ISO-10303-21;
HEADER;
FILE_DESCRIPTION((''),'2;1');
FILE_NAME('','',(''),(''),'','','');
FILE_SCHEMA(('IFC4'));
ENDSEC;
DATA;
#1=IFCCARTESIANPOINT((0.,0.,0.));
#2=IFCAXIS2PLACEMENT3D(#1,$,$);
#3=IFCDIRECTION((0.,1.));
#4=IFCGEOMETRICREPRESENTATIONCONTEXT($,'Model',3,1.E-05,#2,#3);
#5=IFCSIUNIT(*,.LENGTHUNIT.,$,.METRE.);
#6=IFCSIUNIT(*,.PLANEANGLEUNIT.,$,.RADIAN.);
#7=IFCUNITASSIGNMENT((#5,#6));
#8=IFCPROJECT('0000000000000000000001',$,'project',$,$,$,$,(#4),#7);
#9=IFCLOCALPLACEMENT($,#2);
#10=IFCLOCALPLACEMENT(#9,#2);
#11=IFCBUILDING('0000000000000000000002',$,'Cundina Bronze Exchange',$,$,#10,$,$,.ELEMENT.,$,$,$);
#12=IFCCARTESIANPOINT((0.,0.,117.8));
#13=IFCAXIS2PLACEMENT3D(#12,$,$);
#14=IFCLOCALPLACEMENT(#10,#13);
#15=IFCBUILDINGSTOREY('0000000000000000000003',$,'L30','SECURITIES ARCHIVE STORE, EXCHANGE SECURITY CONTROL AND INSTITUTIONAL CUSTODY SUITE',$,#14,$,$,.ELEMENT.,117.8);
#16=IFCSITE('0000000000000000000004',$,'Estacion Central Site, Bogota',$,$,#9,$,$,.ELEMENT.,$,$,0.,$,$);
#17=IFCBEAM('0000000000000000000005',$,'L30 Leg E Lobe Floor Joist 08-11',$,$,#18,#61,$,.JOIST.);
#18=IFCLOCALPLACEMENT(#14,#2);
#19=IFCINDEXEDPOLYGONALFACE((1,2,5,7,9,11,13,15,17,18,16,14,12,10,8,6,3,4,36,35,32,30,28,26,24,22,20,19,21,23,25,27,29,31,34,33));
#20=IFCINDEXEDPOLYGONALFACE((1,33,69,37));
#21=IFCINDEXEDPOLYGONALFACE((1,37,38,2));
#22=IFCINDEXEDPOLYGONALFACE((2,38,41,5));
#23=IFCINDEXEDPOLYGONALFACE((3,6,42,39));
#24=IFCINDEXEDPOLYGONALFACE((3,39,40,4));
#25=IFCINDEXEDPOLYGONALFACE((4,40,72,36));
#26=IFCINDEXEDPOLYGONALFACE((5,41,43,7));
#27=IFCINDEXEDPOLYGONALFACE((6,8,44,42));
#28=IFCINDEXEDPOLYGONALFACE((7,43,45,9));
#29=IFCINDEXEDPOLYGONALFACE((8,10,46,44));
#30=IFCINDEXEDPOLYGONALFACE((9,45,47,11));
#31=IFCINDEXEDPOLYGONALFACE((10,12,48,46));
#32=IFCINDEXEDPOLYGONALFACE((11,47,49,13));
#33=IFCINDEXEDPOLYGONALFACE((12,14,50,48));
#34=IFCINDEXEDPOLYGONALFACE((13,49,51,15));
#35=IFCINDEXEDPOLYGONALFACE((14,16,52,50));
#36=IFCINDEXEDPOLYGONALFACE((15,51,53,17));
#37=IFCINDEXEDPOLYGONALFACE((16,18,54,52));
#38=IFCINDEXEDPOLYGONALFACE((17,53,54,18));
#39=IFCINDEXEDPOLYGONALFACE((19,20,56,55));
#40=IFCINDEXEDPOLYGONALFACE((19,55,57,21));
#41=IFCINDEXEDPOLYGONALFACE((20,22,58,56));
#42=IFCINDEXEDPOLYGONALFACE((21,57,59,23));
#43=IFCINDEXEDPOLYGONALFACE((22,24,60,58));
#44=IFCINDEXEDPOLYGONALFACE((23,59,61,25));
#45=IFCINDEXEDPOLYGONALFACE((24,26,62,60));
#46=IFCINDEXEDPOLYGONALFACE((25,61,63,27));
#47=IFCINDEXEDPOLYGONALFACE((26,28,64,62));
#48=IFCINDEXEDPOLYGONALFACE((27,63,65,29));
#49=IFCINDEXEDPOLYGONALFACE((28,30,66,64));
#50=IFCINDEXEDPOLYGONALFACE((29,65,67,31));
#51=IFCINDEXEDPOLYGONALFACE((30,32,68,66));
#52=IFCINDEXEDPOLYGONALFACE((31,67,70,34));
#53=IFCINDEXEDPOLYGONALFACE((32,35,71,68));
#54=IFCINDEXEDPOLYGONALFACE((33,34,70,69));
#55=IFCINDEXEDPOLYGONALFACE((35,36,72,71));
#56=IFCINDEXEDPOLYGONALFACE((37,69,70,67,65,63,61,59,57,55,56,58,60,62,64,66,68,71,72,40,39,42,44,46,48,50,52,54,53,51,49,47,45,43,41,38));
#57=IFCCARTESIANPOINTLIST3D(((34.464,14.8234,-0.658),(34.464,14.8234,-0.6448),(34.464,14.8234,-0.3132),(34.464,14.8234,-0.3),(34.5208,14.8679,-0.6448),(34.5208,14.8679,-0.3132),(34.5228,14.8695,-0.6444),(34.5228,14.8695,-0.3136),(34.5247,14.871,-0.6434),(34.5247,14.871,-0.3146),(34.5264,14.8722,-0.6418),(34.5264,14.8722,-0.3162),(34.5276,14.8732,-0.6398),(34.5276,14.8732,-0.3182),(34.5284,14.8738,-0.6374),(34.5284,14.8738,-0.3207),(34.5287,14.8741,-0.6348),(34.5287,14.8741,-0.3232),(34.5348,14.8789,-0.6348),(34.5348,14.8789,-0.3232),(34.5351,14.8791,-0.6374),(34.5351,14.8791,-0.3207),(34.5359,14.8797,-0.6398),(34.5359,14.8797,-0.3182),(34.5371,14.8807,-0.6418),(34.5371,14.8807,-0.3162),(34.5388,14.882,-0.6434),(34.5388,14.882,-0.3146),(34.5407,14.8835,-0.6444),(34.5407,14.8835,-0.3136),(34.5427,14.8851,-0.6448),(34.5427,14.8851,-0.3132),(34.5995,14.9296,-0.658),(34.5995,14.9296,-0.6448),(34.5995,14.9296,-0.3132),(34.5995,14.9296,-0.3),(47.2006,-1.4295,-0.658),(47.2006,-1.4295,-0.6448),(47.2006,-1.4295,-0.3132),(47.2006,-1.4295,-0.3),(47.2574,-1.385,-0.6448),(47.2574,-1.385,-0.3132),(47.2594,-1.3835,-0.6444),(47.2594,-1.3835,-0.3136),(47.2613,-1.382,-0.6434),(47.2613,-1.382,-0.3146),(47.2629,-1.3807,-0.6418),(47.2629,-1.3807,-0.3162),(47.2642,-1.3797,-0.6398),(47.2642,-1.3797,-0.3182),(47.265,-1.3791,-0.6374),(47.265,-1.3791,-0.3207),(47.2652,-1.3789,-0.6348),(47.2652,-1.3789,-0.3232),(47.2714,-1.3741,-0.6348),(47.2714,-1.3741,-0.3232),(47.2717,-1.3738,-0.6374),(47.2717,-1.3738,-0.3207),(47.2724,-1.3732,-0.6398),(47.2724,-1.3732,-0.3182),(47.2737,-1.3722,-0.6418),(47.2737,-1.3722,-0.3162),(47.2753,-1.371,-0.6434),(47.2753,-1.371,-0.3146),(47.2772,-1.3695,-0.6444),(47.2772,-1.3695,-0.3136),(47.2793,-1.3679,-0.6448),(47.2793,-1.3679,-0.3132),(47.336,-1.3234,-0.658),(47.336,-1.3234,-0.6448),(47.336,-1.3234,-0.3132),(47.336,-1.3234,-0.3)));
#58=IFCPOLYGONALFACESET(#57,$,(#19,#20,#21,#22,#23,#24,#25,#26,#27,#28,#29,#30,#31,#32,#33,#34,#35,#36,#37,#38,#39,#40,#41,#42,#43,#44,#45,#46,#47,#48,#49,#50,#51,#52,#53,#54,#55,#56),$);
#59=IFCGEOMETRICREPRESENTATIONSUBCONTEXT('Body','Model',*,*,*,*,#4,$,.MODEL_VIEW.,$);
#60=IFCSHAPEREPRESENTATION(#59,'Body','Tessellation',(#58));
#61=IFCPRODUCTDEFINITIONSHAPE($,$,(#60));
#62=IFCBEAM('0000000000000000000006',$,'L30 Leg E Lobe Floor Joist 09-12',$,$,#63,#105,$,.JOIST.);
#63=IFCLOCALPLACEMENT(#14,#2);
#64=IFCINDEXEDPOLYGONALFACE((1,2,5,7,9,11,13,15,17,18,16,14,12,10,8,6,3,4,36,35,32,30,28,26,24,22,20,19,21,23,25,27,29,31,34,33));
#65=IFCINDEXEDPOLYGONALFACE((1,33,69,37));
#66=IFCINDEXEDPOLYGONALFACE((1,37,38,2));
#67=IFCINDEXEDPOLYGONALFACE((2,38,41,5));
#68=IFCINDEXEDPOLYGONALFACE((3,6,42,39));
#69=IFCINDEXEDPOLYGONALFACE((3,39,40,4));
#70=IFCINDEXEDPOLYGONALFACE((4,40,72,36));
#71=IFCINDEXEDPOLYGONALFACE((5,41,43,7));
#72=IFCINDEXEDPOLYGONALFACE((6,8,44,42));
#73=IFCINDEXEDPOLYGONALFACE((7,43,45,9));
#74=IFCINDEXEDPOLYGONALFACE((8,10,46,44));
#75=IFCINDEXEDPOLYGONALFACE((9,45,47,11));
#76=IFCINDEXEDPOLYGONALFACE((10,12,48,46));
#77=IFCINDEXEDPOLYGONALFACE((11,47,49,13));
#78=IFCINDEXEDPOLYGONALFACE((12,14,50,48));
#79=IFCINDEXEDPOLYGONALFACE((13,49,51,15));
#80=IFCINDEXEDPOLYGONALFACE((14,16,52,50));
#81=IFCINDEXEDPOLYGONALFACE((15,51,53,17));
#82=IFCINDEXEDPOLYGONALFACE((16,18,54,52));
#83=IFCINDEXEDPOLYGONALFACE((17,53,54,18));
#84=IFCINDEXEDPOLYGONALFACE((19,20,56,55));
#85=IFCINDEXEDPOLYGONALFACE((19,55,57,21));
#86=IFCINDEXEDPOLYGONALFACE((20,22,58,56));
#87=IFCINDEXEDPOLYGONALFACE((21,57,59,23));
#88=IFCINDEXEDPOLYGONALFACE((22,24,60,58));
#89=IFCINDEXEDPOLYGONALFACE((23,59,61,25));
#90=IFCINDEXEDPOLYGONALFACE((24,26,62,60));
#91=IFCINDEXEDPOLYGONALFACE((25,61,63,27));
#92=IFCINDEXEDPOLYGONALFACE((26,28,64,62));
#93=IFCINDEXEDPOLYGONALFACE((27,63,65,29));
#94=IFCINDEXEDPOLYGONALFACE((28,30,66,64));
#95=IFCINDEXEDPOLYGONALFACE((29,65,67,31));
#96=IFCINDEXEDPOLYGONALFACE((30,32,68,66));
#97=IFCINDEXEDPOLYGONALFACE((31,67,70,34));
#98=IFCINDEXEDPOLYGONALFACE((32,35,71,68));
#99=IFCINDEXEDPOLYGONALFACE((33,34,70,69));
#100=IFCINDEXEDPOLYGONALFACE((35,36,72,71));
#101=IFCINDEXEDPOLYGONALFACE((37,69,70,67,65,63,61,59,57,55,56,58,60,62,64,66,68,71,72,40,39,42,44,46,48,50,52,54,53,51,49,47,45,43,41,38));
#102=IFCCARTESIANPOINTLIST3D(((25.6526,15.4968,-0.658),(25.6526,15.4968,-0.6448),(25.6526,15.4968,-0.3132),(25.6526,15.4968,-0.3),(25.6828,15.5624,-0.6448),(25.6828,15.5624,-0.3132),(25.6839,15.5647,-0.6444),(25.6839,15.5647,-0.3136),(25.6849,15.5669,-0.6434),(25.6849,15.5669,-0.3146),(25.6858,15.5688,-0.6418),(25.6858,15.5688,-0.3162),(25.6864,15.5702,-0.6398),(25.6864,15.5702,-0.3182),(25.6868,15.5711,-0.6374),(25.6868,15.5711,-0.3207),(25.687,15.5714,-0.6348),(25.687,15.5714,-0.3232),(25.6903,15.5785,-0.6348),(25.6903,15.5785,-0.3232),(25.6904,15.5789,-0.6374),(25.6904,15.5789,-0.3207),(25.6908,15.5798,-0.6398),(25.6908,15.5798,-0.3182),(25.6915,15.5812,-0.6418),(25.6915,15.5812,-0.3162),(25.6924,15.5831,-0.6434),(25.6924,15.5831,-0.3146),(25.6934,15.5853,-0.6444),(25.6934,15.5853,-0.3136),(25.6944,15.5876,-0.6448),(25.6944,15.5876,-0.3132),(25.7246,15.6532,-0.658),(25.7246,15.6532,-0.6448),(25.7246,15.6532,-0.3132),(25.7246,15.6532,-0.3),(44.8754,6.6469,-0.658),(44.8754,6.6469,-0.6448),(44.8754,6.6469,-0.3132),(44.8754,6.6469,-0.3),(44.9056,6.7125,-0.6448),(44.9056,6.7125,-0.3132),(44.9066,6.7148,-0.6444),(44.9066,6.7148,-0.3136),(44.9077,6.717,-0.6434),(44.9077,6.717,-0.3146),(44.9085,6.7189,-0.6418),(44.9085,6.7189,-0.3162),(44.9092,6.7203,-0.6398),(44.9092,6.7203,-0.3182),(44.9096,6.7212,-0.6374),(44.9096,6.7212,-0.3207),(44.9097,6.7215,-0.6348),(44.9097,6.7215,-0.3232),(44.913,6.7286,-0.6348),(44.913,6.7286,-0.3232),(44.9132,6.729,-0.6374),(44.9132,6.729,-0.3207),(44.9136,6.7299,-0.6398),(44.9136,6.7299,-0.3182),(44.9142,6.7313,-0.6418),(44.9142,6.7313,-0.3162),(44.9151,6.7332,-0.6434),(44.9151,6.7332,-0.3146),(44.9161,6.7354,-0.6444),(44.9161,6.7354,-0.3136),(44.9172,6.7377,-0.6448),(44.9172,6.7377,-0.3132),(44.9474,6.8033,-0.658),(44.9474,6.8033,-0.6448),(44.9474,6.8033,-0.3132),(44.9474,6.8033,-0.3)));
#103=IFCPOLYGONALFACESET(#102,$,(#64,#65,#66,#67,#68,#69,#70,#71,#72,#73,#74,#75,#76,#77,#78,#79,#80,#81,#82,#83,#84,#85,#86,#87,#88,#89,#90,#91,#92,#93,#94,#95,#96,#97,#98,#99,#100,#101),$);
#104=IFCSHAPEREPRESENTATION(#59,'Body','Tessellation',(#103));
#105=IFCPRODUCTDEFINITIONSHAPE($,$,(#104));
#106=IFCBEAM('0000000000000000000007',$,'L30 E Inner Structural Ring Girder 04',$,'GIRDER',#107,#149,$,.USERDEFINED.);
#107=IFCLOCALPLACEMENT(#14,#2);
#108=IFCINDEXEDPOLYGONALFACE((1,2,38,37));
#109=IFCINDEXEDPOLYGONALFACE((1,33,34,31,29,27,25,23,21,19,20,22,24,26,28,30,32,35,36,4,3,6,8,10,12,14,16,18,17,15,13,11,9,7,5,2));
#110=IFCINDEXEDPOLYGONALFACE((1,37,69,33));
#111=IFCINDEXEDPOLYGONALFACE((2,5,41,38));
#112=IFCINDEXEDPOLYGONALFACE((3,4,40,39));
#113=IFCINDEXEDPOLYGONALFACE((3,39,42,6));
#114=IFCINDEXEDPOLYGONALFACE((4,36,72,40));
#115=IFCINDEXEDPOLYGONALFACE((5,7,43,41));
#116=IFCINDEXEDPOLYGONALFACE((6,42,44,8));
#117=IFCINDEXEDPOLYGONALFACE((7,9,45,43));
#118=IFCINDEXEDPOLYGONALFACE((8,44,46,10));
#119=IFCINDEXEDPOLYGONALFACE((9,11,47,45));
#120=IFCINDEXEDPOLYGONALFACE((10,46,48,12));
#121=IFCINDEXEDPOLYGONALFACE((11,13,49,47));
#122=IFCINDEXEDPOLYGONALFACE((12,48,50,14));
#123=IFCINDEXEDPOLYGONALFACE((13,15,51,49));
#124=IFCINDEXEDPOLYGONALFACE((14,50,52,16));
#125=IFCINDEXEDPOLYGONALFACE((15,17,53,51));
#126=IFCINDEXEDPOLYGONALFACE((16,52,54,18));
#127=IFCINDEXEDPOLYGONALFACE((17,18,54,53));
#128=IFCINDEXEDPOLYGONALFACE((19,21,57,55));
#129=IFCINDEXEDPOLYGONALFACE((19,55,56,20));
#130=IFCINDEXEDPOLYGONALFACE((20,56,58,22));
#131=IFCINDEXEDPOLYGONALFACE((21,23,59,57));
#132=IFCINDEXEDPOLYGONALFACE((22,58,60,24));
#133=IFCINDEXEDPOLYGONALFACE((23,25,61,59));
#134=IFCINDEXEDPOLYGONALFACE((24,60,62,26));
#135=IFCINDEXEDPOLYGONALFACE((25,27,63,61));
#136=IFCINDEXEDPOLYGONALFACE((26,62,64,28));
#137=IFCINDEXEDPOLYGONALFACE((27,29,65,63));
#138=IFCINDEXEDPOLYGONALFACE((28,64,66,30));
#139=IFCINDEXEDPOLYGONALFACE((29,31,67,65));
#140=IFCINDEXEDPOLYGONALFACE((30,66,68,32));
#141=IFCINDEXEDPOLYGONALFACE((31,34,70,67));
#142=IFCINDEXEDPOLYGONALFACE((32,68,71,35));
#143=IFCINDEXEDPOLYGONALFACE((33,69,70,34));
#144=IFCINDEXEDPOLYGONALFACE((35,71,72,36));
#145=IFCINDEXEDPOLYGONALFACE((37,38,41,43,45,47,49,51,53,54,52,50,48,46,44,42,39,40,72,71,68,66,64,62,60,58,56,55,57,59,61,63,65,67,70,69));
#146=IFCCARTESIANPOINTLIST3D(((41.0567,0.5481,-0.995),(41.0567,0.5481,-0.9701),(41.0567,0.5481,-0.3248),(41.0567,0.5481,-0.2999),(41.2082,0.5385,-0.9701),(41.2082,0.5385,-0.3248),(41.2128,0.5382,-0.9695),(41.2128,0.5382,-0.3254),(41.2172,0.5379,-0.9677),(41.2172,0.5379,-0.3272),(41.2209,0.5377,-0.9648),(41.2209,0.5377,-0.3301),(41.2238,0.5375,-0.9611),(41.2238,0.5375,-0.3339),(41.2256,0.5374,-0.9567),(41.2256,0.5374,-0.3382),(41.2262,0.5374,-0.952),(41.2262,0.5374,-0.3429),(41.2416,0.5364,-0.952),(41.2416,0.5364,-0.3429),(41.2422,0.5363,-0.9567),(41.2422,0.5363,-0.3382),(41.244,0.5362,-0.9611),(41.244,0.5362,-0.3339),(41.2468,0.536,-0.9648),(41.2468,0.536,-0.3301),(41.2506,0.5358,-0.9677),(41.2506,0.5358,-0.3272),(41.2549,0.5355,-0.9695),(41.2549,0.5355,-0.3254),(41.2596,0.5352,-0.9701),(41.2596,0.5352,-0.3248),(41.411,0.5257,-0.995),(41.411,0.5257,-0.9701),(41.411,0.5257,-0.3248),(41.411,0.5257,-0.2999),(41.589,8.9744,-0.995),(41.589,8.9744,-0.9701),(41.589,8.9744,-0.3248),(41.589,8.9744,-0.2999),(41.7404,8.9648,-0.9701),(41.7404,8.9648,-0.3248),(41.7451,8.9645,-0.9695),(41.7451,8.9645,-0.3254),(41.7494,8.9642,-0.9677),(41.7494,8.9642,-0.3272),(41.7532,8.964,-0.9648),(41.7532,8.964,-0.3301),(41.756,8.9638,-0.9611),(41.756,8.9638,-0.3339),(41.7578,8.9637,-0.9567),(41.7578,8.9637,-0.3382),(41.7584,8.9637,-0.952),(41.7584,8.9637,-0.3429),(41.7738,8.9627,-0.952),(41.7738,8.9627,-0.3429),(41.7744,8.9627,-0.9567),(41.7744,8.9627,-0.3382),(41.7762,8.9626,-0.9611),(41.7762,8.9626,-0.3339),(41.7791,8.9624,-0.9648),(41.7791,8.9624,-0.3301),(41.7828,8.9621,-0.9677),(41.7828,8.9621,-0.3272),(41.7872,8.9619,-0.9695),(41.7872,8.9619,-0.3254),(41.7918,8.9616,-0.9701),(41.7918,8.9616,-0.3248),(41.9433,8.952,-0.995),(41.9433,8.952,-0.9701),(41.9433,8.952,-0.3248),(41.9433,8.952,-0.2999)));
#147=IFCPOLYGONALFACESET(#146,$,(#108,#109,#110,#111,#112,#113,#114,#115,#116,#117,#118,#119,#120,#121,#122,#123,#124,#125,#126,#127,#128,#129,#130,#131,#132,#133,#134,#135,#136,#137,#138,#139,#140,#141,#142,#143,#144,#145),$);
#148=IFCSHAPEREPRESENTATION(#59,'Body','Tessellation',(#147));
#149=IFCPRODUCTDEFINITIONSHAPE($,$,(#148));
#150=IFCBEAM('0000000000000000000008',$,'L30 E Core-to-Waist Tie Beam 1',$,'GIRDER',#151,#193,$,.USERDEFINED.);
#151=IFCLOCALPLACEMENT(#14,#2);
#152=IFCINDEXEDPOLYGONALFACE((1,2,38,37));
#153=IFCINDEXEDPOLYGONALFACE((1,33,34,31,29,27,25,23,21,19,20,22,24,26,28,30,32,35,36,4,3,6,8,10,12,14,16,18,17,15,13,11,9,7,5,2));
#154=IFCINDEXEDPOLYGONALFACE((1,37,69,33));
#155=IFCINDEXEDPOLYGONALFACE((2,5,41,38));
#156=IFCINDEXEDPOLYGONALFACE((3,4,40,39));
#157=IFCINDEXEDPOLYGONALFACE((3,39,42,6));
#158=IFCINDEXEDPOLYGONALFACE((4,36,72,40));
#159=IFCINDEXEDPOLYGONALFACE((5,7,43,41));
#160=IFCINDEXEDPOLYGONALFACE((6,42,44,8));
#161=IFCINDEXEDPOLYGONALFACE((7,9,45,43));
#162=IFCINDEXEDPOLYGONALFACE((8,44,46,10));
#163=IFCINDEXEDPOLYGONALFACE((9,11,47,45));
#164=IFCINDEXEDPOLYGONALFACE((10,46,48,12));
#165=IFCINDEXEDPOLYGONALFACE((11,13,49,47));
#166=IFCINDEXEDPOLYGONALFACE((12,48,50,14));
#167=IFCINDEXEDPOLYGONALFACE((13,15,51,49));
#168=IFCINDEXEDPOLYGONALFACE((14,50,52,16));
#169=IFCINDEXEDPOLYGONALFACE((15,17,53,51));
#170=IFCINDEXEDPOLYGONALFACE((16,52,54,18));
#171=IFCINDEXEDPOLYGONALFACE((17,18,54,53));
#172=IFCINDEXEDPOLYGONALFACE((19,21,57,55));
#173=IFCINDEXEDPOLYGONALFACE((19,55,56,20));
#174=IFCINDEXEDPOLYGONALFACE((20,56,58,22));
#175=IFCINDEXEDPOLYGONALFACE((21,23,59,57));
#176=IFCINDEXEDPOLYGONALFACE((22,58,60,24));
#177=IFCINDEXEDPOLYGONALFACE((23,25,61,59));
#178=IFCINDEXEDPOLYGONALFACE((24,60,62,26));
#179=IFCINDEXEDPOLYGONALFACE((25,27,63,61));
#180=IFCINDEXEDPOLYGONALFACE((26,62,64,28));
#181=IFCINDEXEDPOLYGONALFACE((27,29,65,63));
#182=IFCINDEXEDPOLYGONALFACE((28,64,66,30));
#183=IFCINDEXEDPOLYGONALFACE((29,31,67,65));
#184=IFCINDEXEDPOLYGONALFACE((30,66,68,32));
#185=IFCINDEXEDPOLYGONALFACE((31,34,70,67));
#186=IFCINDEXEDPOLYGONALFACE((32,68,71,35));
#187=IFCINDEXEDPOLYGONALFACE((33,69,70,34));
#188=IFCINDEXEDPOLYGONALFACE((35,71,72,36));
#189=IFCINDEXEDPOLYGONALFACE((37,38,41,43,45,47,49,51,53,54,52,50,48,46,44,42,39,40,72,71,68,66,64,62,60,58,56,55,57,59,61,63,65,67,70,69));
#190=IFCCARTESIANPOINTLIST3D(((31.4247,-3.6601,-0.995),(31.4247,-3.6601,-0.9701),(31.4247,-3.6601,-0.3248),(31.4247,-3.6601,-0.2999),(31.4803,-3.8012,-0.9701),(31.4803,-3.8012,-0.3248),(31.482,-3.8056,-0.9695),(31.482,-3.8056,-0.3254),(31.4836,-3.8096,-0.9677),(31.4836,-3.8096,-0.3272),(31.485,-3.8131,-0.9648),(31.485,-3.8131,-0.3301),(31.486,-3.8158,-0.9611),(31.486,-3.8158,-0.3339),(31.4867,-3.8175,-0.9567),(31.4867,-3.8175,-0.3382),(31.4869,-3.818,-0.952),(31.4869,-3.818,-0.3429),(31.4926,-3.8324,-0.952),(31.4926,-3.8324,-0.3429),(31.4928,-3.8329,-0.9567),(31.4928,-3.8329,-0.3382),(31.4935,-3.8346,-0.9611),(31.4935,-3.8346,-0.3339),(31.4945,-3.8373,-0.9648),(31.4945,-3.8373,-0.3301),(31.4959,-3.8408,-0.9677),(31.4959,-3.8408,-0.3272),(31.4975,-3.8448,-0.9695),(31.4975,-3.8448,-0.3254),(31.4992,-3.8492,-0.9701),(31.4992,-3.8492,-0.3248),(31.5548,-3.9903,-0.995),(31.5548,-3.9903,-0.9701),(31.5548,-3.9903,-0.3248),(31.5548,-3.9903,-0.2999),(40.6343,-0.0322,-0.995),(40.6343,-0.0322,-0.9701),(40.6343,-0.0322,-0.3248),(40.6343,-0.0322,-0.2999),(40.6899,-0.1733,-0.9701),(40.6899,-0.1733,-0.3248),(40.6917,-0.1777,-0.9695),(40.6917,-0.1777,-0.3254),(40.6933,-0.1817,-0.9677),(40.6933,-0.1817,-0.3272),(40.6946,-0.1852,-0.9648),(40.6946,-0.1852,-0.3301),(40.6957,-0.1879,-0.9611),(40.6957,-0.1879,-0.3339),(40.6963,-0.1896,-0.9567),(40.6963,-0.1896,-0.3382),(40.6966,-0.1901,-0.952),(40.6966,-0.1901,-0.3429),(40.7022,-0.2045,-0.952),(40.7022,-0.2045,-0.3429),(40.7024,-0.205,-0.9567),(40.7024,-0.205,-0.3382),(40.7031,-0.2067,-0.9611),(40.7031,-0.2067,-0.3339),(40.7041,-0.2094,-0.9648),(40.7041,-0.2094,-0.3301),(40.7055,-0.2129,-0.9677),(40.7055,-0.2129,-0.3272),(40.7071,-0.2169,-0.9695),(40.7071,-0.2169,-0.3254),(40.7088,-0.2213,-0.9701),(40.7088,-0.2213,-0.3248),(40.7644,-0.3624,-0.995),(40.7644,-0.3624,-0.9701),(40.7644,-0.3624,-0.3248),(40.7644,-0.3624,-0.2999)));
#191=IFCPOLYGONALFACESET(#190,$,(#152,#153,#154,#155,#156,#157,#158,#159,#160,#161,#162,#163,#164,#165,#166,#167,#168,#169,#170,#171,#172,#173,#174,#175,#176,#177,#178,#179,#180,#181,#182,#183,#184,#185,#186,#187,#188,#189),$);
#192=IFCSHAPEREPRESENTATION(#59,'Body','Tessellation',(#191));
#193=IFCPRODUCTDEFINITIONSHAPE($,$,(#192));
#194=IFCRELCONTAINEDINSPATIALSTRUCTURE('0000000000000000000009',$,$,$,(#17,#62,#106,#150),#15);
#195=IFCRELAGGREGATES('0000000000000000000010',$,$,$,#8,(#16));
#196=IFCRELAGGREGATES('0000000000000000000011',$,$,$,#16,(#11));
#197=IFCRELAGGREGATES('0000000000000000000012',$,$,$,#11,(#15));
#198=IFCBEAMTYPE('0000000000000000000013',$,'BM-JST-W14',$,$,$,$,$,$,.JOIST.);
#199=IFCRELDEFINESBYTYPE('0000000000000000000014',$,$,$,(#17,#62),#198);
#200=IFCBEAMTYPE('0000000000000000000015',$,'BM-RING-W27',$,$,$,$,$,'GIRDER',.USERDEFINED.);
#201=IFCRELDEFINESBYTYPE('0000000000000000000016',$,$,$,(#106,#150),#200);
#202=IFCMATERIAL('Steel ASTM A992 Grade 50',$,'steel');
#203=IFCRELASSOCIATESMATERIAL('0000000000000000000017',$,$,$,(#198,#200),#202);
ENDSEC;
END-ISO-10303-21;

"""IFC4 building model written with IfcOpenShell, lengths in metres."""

from ifc_helpers import new_model, si_unit, direction, frame, origin, origin_2d, place, context, subcontext, project, spatial, i_section, extrude, material, material_profile, profile_set, type_object, element, save


model = new_model("IFC4")

# Units and contexts
model_context = context("Model", 3, precision=1e-05, world=origin(), true_north=direction((0.0, 1.0)))
body_context = subcontext(model_context, "Body", "Model", "MODEL_VIEW")
ifc_project = project(units=[si_unit("LENGTHUNIT", "METRE"), si_unit("PLANEANGLEUNIT", "RADIAN")], contexts=[model_context])

# Site, building, storey
site_placement = place(None, origin())
site = spatial("IfcSite", under=ifc_project, at=site_placement, Name="Estacion Central Site, Bogota", CompositionType="ELEMENT", RefElevation=0.0)
building_placement = place(site_placement, origin())
building = spatial("IfcBuilding", under=site, at=building_placement, Name="Cundina Bronze Exchange", CompositionType="ELEMENT")
storey_placement = place(building_placement, frame((0.0, 0.0, 117.8)))
storey = spatial("IfcBuildingStorey", under=building, at=storey_placement, Name="L30", Description="SECURITIES ARCHIVE STORE, EXCHANGE SECURITY CONTROL AND INSTITUTIONAL CUSTODY SUITE", CompositionType="ELEMENT", Elevation=117.8)

# Shared definitions
ifc_material_1 = material(Name="Steel ASTM A992 Grade 50", Category="steel")

# Beams
ifc_material_profile_1 = material_profile(ifc_material_1, i_section(OverallWidth=0.1721, OverallDepth=0.3579, WebThickness=0.0078, FlangeThickness=0.0132, FilletRadius=0.01, at=origin_2d()), Name="W14X38", Category="steel")
ifc_profile_set_1 = profile_set([ifc_material_profile_1], Name="Steel ASTM A992 Grade 50")
beam_type_1 = type_object("IfcBeamType", Name="BM-JST-W14", PredefinedType="JOIST", material=ifc_profile_set_1)
beam_1_placement = place(storey_placement, frame((47.2683, -1.3765, -0.479), z_axis=(-0.616815, 0.787108, 0.0), x_axis=(-0.787108, -0.616815, 0.0)))
element("IfcBeam", 1, at=beam_1_placement, inside=storey, type_object=beam_type_1, Name="L30 Leg E Lobe Floor Joist 08-11", PredefinedType="JOIST", context=body_context, shape_type="SweptSolid", body=[
    extrude(i_section(OverallWidth=0.1721, OverallDepth=0.3579, WebThickness=0.0078, FlangeThickness=0.0132, FilletRadius=0.01, at=origin_2d()), origin(), (0.0, 0.0, 1.0), 20.6489),
])
beam_2_placement = place(storey_placement, frame((44.9114, 6.7251, -0.479), z_axis=(-0.908357, 0.418195, 0.0), x_axis=(-0.418195, -0.908357, 0.0)))
element("IfcBeam", 2, at=beam_2_placement, inside=storey, type_object=beam_type_1, Name="L30 Leg E Lobe Floor Joist 09-12", PredefinedType="JOIST", context=body_context, shape_type="SweptSolid", body=[
    extrude(i_section(OverallWidth=0.1721, OverallDepth=0.3579, WebThickness=0.0078, FlangeThickness=0.0132, FilletRadius=0.01, at=origin_2d()), origin(), (0.0, 0.0, 1.0), 21.1621),
])
ifc_material_profile_2 = material_profile(ifc_material_1, i_section(OverallWidth=0.355, OverallDepth=0.6951, WebThickness=0.0154, FlangeThickness=0.0249, FilletRadius=0.0181, at=origin_2d()), Name="W27X146", Category="steel")
ifc_profile_set_2 = profile_set([ifc_material_profile_2], Name="Steel ASTM A992 Grade 50")
beam_type_2 = type_object("IfcBeamType", Name="BM-RING-W27", ElementType="GIRDER", PredefinedType="USERDEFINED", material=ifc_profile_set_2)
beam_3_placement = place(storey_placement, frame((41.2339, 0.5369, -0.6475), z_axis=(0.063037, 0.998011, 0.0), x_axis=(-0.998011, 0.063037, 0.0)))
element("IfcBeam", 3, at=beam_3_placement, inside=storey, type_object=beam_type_2, Name="L30 E Inner Structural Ring Girder 04", ObjectType="GIRDER", PredefinedType="USERDEFINED", context=body_context, shape_type="SweptSolid", body=[
    extrude(i_section(OverallWidth=0.355, OverallDepth=0.6951, WebThickness=0.0154, FlangeThickness=0.0249, FilletRadius=0.0181, at=origin_2d()), origin(), (0.0, 0.0, 1.0), 8.4431),
])
beam_4_placement = place(storey_placement, frame((31.4897, -3.8252, -0.6475), z_axis=(0.930413, 0.366512, 0.0), x_axis=(-0.366512, 0.930413, 0.0)))
element("IfcBeam", 4, at=beam_4_placement, inside=storey, type_object=beam_type_2, Name="L30 E Core-to-Waist Tie Beam 1", ObjectType="GIRDER", PredefinedType="USERDEFINED", context=body_context, shape_type="SweptSolid", body=[
    extrude(i_section(OverallWidth=0.355, OverallDepth=0.6951, WebThickness=0.0154, FlangeThickness=0.0249, FilletRadius=0.0181, at=origin_2d()), origin(), (0.0, 0.0, 1.0), 9.8984),
])

save(model, "model.ifc")
